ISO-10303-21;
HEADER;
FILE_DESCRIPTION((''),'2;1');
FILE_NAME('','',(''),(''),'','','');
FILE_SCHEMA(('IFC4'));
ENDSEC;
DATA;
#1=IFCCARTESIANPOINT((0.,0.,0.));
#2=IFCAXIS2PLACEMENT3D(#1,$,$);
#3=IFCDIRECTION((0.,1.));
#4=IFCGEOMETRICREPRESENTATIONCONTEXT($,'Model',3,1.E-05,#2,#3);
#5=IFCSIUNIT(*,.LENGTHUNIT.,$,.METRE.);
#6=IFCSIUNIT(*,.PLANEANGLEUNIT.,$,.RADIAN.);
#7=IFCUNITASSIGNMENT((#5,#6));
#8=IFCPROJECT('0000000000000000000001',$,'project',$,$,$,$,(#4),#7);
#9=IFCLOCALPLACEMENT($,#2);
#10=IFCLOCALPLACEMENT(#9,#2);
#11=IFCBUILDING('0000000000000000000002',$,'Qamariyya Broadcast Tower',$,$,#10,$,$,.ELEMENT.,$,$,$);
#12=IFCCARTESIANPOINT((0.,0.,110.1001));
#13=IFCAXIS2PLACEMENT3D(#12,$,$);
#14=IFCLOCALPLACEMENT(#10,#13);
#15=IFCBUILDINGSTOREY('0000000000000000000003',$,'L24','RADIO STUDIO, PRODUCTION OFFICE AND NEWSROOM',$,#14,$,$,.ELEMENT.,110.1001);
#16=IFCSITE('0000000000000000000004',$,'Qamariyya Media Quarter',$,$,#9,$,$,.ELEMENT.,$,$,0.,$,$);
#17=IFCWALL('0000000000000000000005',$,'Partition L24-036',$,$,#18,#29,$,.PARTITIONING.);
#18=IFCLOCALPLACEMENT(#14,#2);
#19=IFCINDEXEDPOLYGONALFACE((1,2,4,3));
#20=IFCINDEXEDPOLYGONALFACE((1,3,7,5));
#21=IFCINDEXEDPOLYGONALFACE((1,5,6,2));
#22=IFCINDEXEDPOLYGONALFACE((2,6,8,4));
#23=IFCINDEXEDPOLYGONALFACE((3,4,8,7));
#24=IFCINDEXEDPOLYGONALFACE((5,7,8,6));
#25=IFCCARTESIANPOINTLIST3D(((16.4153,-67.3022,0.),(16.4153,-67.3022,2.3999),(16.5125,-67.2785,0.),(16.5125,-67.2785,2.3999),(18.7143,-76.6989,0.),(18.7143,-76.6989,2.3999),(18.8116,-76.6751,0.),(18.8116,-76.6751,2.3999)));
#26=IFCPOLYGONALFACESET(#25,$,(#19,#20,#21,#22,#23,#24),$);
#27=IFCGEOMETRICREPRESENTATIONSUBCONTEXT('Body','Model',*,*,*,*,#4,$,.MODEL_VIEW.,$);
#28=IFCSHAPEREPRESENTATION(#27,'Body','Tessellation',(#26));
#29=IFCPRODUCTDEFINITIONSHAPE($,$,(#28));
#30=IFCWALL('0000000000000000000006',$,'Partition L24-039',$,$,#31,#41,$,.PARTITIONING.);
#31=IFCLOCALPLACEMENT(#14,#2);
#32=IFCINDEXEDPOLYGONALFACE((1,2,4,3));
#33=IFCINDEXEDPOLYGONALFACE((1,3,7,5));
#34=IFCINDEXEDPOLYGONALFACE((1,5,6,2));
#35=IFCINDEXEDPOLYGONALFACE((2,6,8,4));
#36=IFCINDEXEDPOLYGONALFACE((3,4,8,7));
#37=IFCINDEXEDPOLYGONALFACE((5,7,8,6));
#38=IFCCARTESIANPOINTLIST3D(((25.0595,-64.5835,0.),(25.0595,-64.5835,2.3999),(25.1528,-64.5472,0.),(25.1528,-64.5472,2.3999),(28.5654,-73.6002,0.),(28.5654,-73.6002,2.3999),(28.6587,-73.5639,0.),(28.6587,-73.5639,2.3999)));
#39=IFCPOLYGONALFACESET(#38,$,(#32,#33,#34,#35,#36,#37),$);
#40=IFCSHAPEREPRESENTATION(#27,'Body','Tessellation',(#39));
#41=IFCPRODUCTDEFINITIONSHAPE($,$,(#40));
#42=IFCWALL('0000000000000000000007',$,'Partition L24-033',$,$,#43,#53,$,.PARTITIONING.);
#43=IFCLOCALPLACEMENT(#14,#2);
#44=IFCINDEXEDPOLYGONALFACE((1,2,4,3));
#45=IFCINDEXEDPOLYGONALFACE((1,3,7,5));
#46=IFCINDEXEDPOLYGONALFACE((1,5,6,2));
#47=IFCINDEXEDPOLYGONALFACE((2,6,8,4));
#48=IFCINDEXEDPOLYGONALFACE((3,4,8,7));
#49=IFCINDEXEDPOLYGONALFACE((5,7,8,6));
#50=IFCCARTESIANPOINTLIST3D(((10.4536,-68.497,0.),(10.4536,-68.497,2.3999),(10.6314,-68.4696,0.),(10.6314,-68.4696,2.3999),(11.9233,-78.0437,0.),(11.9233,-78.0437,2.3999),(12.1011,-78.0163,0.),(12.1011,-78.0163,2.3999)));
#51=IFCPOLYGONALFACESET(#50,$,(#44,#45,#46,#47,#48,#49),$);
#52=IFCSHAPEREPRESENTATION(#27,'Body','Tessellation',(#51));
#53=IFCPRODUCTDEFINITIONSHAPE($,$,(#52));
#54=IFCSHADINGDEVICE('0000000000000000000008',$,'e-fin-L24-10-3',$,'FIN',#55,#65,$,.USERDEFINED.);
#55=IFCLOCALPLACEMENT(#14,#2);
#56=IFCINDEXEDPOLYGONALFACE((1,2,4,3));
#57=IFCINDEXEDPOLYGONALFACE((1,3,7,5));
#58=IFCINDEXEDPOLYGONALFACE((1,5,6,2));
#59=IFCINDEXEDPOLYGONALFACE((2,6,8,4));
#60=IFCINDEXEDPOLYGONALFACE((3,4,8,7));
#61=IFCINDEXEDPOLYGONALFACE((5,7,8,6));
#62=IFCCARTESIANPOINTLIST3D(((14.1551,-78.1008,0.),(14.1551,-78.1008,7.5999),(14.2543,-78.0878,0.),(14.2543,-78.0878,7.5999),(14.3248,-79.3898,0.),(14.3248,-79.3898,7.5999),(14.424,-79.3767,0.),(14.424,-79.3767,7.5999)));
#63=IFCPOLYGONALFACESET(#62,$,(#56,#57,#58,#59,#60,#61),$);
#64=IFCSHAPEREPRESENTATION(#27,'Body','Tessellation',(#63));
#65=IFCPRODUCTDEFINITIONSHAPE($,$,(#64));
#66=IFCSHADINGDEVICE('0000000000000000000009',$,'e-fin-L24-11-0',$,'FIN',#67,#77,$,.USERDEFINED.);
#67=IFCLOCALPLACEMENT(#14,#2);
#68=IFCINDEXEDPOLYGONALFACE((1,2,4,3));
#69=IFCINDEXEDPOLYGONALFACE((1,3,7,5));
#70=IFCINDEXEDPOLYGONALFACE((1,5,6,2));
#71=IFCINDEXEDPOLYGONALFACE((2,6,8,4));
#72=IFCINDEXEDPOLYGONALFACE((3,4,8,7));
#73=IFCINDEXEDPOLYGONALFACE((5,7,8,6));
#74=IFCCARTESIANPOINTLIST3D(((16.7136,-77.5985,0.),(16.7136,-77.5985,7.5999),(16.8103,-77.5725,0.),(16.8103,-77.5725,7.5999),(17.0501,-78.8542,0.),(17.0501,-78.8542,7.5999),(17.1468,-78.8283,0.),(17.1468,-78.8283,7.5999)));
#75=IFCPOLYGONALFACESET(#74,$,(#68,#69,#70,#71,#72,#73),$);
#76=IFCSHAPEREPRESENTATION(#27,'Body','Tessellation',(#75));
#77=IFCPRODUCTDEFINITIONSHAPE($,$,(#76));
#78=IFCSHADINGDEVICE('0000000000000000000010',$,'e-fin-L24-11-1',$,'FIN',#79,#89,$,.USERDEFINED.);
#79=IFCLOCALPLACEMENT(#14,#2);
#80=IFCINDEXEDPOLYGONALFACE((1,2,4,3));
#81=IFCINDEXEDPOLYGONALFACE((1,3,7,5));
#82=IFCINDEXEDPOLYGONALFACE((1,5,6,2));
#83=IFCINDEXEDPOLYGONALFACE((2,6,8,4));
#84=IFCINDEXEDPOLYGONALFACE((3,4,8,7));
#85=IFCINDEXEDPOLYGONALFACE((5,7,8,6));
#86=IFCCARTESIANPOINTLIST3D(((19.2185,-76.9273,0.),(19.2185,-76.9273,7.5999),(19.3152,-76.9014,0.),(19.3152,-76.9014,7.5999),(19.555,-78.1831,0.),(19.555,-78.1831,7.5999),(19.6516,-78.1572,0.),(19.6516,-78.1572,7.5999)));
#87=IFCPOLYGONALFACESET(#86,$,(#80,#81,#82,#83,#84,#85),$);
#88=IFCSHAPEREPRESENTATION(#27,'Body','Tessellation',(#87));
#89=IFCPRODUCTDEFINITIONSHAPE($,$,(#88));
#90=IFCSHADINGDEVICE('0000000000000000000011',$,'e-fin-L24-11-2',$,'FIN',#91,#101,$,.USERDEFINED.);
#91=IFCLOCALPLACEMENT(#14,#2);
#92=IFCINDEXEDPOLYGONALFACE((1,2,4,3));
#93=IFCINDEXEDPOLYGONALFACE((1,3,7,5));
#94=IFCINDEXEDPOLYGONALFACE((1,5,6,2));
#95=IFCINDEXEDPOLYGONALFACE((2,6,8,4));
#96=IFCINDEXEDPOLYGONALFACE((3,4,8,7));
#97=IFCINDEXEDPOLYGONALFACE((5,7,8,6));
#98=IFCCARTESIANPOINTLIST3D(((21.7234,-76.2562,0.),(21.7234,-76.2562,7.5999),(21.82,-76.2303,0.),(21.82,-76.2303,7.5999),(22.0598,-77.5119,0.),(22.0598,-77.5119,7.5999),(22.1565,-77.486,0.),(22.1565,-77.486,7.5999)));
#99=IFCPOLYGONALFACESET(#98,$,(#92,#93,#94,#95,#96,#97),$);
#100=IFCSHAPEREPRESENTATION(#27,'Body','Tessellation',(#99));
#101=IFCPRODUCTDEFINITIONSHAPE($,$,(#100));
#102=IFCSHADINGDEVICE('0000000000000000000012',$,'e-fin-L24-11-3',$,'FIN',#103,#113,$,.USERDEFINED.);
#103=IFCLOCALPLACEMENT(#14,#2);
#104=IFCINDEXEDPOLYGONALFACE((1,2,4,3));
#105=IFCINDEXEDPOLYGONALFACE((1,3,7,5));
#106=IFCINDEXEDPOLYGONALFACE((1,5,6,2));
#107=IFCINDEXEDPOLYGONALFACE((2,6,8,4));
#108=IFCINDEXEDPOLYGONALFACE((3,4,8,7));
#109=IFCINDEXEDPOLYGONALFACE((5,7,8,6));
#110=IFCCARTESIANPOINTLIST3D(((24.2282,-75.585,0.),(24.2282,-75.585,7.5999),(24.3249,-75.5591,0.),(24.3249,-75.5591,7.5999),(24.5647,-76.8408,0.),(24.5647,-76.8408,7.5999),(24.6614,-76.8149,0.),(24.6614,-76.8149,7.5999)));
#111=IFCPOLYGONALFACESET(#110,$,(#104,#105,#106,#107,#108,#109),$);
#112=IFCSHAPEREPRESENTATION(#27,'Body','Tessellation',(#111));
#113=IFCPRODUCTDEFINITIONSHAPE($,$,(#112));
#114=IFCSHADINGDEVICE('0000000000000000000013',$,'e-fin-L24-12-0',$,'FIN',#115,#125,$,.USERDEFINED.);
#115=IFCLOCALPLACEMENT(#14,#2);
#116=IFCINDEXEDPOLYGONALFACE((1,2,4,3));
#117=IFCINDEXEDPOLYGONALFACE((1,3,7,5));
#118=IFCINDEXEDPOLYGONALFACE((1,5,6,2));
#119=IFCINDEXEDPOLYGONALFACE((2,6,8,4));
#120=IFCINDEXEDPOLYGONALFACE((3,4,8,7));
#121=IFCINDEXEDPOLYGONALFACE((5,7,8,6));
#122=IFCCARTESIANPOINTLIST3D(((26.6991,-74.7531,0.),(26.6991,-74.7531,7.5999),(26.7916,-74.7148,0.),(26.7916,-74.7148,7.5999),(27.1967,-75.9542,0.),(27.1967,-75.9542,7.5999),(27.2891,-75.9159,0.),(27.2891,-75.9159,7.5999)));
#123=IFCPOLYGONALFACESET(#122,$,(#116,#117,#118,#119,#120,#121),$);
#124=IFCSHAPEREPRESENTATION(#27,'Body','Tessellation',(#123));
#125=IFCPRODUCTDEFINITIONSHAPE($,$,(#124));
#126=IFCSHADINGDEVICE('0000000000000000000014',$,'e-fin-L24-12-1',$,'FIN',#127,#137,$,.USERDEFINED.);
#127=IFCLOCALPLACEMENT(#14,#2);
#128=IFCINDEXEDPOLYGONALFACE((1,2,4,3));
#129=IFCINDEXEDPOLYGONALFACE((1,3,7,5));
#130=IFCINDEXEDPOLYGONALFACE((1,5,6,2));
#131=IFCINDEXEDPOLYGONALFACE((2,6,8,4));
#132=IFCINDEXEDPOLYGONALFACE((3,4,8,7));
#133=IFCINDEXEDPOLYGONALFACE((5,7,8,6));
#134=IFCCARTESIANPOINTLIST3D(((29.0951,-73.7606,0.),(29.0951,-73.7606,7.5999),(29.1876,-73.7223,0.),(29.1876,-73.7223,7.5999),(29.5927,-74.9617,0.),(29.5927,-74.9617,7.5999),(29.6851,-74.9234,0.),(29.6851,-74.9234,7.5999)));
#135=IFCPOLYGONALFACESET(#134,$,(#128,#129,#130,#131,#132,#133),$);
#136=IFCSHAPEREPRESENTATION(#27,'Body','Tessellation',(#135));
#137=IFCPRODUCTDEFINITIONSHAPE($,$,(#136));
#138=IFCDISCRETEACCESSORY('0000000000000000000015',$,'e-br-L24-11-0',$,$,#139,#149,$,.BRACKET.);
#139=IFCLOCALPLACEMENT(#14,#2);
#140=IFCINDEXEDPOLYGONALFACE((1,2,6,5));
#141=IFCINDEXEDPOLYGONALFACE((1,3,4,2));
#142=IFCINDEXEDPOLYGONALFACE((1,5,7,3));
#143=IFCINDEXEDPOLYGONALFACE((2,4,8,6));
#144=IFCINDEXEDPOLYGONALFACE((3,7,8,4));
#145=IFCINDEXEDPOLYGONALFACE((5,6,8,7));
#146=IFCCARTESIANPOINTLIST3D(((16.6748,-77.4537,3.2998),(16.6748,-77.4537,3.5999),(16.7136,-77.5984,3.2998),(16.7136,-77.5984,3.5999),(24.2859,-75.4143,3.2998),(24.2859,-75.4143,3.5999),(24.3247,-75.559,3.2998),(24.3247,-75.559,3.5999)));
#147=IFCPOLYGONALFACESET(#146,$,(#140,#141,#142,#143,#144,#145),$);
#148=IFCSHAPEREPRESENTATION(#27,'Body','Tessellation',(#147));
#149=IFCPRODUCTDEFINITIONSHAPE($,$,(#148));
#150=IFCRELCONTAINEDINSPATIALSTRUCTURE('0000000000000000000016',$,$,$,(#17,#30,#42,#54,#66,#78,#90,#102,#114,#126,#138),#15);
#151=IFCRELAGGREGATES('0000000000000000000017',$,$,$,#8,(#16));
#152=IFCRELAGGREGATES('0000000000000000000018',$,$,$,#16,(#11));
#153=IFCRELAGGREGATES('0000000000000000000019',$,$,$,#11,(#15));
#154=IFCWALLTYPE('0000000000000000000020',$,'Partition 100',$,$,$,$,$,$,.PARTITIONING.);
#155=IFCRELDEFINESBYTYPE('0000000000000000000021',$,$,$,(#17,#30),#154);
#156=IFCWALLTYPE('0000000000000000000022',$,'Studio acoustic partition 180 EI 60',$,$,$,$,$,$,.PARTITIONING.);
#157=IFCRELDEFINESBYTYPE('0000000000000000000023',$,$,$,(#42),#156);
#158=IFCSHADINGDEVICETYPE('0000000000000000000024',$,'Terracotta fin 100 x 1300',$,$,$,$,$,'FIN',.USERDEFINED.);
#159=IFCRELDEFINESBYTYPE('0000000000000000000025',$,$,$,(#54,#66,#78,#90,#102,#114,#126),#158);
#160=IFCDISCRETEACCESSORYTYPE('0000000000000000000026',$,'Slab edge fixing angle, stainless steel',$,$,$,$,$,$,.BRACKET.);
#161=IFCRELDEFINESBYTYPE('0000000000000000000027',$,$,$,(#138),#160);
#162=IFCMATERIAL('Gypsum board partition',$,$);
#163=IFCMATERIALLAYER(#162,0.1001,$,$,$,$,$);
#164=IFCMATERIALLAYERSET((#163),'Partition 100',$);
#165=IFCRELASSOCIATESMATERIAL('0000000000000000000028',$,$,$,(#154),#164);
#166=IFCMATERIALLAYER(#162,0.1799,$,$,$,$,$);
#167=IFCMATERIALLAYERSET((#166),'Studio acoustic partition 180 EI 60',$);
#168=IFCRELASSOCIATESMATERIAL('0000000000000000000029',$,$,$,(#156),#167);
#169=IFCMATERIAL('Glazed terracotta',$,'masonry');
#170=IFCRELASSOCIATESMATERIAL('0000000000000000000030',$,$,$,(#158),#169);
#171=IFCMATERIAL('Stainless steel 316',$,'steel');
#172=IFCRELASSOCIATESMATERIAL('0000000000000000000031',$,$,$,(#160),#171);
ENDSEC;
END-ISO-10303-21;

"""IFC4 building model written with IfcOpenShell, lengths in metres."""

from ifc_helpers import new_model, si_unit, direction, frame, frame_2d, origin, origin_2d, place, context, subcontext, project, spatial, rectangle, extrude, material, layer, layer_set, material_profile, profile_set, type_object, element, save


model = new_model("IFC4")

# Units and contexts
model_context = context("Model", 3, precision=1e-05, world=origin(), true_north=direction((0.0, 1.0)))
body_context = subcontext(model_context, "Body", "Model", "MODEL_VIEW")
ifc_project = project(units=[si_unit("LENGTHUNIT", "METRE"), si_unit("PLANEANGLEUNIT", "RADIAN")], contexts=[model_context])

# Site, building, storey
site_placement = place(None, origin())
site = spatial("IfcSite", under=ifc_project, at=site_placement, Name="Qamariyya Media Quarter", CompositionType="ELEMENT", RefElevation=0.0)
building_placement = place(site_placement, origin())
building = spatial("IfcBuilding", under=site, at=building_placement, Name="Qamariyya Broadcast Tower", CompositionType="ELEMENT")
storey_placement = place(building_placement, frame((0.0, 0.0, 110.1001)))
storey = spatial("IfcBuildingStorey", under=building, at=storey_placement, Name="L24", Description="RADIO STUDIO, PRODUCTION OFFICE AND NEWSROOM", CompositionType="ELEMENT", Elevation=110.1001)

# Shared definitions
ifc_material_1 = material(Name="Gypsum board partition")

# Walls
ifc_layer_1 = layer(ifc_material_1, 0.1001)
ifc_layer_set_1 = layer_set([ifc_layer_1], Name="Partition 100")
wall_type_1 = type_object("IfcWallType", Name="Partition 100", PredefinedType="PARTITIONING", material=ifc_layer_set_1)
wall_1_placement = place(storey_placement, frame((18.7629, -76.687, 0.0), z_axis=(0.0, 0.0, 1.0), x_axis=(-0.237657, 0.971349, 0.0)))
element("IfcWall", 1, at=wall_1_placement, inside=storey, type_object=wall_type_1, Name="Partition L24-036", PredefinedType="PARTITIONING", context=body_context, shape_type="SweptSolid", body=[
    extrude(rectangle(XDim=9.6738, YDim=0.1001, at=frame_2d((4.8369, 0.0))), origin(), (0.0, 0.0, 1.0), 2.3999),
])
wall_2_placement = place(storey_placement, frame((28.6121, -73.582, 0.0), z_axis=(0.0, 0.0, 1.0), x_axis=(-0.362393, 0.932026, 0.0)))
element("IfcWall", 2, at=wall_2_placement, inside=storey, type_object=wall_type_1, Name="Partition L24-039", PredefinedType="PARTITIONING", context=body_context, shape_type="SweptSolid", body=[
    extrude(rectangle(XDim=9.6743, YDim=0.1001, at=frame_2d((4.8372, 0.0))), origin(), (0.0, 0.0, 1.0), 2.3999),
])
ifc_layer_2 = layer(ifc_material_1, 0.1799)
ifc_layer_set_2 = layer_set([ifc_layer_2], Name="Studio acoustic partition 180 EI 60")
wall_type_2 = type_object("IfcWallType", Name="Studio acoustic partition 180 EI 60", PredefinedType="PARTITIONING", material=ifc_layer_set_2)
wall_3_placement = place(storey_placement, frame((12.0122, -78.03, 0.0), z_axis=(0.0, 0.0, 1.0), x_axis=(-0.15216, 0.988356, 0.0)))
element("IfcWall", 3, at=wall_3_placement, inside=storey, type_object=wall_type_2, Name="Partition L24-033", PredefinedType="PARTITIONING", context=body_context, shape_type="SweptSolid", body=[
    extrude(rectangle(XDim=9.6592, YDim=0.1799, at=frame_2d((4.8296, 0.0))), origin(), (0.0, 0.0, 1.0), 2.3999),
])

# Shading devices
ifc_material_2 = material(Name="Glazed terracotta", Category="masonry")
ifc_material_profile_1 = material_profile(ifc_material_2, rectangle(XDim=1.3, YDim=0.1001, at=origin_2d()))
ifc_profile_set_1 = profile_set([ifc_material_profile_1], Name="Glazed terracotta")
shading_device_type_1 = type_object("IfcShadingDeviceType", Name="Terracotta fin 100 x 1300", ElementType="FIN", PredefinedType="USERDEFINED", material=ifc_profile_set_1)
for number, where, z_axis, x_axis, name in (
    (4, (14.2896, -78.7388, 0.0), (0.0, 0.0, 1.0), (0.130526, -0.991445, 0.0), "e-fin-L24-10-3"),
    (5, (16.9302, -78.2134, 0.0), (0.0, 0.0, 1.0), (0.258819, -0.965926, 0.0), "e-fin-L24-11-0"),
    (6, (19.4351, -77.5422, 0.0), (0.0, 0.0, 1.0), (0.258819, -0.965926, 0.0), "e-fin-L24-11-1"),
    (7, (21.9399, -76.8711, 0.0), (0.0, 0.0, 1.0), (0.258819, -0.965926, 0.0), "e-fin-L24-11-2"),
    (8, (24.4448, -76.2, 0.0), (0.0, 0.0, 1.0), (0.258819, -0.965926, 0.0), "e-fin-L24-11-3"),
    (9, (26.9941, -75.3345, 0.0), (0.0, 0.0, 1.0), (0.382683, -0.92388, 0.0), "e-fin-L24-12-0"),
    (10, (29.3901, -74.342, 0.0), (0.0, 0.0, 1.0), (0.382683, -0.92388, 0.0), "e-fin-L24-12-1"),
):
    element("IfcShadingDevice", number, at=place(storey_placement, frame(where, z_axis=z_axis, x_axis=x_axis)), inside=storey, type_object=shading_device_type_1, Name=name, ObjectType="FIN", PredefinedType="USERDEFINED", context=body_context, shape_type="SweptSolid", body=[
        extrude(rectangle(XDim=1.3, YDim=0.1001, at=origin_2d()), origin(), (0.0, 0.0, 1.0), 7.5999),
    ])

# Discrete accessory
ifc_material_3 = material(Name="Stainless steel 316", Category="steel")
discrete_accessory_type = type_object("IfcDiscreteAccessoryType", Name="Slab edge fixing angle, stainless steel", PredefinedType="BRACKET", material=ifc_material_3)
discrete_accessory_placement = place(storey_placement, frame((20.4998, -76.5063, 3.2998), z_axis=(0.0, 0.0, 1.0), x_axis=(0.965926, 0.258819, 0.0)))
element("IfcDiscreteAccessory", 11, at=discrete_accessory_placement, inside=storey, type_object=discrete_accessory_type, Name="e-br-L24-11-0", PredefinedType="BRACKET", context=body_context, shape_type="SweptSolid", body=[
    extrude(rectangle(XDim=7.8796, YDim=0.1499, at=origin_2d()), origin(), (0.0, 0.0, 1.0), 0.3),
])

save(model, "model.ifc")
